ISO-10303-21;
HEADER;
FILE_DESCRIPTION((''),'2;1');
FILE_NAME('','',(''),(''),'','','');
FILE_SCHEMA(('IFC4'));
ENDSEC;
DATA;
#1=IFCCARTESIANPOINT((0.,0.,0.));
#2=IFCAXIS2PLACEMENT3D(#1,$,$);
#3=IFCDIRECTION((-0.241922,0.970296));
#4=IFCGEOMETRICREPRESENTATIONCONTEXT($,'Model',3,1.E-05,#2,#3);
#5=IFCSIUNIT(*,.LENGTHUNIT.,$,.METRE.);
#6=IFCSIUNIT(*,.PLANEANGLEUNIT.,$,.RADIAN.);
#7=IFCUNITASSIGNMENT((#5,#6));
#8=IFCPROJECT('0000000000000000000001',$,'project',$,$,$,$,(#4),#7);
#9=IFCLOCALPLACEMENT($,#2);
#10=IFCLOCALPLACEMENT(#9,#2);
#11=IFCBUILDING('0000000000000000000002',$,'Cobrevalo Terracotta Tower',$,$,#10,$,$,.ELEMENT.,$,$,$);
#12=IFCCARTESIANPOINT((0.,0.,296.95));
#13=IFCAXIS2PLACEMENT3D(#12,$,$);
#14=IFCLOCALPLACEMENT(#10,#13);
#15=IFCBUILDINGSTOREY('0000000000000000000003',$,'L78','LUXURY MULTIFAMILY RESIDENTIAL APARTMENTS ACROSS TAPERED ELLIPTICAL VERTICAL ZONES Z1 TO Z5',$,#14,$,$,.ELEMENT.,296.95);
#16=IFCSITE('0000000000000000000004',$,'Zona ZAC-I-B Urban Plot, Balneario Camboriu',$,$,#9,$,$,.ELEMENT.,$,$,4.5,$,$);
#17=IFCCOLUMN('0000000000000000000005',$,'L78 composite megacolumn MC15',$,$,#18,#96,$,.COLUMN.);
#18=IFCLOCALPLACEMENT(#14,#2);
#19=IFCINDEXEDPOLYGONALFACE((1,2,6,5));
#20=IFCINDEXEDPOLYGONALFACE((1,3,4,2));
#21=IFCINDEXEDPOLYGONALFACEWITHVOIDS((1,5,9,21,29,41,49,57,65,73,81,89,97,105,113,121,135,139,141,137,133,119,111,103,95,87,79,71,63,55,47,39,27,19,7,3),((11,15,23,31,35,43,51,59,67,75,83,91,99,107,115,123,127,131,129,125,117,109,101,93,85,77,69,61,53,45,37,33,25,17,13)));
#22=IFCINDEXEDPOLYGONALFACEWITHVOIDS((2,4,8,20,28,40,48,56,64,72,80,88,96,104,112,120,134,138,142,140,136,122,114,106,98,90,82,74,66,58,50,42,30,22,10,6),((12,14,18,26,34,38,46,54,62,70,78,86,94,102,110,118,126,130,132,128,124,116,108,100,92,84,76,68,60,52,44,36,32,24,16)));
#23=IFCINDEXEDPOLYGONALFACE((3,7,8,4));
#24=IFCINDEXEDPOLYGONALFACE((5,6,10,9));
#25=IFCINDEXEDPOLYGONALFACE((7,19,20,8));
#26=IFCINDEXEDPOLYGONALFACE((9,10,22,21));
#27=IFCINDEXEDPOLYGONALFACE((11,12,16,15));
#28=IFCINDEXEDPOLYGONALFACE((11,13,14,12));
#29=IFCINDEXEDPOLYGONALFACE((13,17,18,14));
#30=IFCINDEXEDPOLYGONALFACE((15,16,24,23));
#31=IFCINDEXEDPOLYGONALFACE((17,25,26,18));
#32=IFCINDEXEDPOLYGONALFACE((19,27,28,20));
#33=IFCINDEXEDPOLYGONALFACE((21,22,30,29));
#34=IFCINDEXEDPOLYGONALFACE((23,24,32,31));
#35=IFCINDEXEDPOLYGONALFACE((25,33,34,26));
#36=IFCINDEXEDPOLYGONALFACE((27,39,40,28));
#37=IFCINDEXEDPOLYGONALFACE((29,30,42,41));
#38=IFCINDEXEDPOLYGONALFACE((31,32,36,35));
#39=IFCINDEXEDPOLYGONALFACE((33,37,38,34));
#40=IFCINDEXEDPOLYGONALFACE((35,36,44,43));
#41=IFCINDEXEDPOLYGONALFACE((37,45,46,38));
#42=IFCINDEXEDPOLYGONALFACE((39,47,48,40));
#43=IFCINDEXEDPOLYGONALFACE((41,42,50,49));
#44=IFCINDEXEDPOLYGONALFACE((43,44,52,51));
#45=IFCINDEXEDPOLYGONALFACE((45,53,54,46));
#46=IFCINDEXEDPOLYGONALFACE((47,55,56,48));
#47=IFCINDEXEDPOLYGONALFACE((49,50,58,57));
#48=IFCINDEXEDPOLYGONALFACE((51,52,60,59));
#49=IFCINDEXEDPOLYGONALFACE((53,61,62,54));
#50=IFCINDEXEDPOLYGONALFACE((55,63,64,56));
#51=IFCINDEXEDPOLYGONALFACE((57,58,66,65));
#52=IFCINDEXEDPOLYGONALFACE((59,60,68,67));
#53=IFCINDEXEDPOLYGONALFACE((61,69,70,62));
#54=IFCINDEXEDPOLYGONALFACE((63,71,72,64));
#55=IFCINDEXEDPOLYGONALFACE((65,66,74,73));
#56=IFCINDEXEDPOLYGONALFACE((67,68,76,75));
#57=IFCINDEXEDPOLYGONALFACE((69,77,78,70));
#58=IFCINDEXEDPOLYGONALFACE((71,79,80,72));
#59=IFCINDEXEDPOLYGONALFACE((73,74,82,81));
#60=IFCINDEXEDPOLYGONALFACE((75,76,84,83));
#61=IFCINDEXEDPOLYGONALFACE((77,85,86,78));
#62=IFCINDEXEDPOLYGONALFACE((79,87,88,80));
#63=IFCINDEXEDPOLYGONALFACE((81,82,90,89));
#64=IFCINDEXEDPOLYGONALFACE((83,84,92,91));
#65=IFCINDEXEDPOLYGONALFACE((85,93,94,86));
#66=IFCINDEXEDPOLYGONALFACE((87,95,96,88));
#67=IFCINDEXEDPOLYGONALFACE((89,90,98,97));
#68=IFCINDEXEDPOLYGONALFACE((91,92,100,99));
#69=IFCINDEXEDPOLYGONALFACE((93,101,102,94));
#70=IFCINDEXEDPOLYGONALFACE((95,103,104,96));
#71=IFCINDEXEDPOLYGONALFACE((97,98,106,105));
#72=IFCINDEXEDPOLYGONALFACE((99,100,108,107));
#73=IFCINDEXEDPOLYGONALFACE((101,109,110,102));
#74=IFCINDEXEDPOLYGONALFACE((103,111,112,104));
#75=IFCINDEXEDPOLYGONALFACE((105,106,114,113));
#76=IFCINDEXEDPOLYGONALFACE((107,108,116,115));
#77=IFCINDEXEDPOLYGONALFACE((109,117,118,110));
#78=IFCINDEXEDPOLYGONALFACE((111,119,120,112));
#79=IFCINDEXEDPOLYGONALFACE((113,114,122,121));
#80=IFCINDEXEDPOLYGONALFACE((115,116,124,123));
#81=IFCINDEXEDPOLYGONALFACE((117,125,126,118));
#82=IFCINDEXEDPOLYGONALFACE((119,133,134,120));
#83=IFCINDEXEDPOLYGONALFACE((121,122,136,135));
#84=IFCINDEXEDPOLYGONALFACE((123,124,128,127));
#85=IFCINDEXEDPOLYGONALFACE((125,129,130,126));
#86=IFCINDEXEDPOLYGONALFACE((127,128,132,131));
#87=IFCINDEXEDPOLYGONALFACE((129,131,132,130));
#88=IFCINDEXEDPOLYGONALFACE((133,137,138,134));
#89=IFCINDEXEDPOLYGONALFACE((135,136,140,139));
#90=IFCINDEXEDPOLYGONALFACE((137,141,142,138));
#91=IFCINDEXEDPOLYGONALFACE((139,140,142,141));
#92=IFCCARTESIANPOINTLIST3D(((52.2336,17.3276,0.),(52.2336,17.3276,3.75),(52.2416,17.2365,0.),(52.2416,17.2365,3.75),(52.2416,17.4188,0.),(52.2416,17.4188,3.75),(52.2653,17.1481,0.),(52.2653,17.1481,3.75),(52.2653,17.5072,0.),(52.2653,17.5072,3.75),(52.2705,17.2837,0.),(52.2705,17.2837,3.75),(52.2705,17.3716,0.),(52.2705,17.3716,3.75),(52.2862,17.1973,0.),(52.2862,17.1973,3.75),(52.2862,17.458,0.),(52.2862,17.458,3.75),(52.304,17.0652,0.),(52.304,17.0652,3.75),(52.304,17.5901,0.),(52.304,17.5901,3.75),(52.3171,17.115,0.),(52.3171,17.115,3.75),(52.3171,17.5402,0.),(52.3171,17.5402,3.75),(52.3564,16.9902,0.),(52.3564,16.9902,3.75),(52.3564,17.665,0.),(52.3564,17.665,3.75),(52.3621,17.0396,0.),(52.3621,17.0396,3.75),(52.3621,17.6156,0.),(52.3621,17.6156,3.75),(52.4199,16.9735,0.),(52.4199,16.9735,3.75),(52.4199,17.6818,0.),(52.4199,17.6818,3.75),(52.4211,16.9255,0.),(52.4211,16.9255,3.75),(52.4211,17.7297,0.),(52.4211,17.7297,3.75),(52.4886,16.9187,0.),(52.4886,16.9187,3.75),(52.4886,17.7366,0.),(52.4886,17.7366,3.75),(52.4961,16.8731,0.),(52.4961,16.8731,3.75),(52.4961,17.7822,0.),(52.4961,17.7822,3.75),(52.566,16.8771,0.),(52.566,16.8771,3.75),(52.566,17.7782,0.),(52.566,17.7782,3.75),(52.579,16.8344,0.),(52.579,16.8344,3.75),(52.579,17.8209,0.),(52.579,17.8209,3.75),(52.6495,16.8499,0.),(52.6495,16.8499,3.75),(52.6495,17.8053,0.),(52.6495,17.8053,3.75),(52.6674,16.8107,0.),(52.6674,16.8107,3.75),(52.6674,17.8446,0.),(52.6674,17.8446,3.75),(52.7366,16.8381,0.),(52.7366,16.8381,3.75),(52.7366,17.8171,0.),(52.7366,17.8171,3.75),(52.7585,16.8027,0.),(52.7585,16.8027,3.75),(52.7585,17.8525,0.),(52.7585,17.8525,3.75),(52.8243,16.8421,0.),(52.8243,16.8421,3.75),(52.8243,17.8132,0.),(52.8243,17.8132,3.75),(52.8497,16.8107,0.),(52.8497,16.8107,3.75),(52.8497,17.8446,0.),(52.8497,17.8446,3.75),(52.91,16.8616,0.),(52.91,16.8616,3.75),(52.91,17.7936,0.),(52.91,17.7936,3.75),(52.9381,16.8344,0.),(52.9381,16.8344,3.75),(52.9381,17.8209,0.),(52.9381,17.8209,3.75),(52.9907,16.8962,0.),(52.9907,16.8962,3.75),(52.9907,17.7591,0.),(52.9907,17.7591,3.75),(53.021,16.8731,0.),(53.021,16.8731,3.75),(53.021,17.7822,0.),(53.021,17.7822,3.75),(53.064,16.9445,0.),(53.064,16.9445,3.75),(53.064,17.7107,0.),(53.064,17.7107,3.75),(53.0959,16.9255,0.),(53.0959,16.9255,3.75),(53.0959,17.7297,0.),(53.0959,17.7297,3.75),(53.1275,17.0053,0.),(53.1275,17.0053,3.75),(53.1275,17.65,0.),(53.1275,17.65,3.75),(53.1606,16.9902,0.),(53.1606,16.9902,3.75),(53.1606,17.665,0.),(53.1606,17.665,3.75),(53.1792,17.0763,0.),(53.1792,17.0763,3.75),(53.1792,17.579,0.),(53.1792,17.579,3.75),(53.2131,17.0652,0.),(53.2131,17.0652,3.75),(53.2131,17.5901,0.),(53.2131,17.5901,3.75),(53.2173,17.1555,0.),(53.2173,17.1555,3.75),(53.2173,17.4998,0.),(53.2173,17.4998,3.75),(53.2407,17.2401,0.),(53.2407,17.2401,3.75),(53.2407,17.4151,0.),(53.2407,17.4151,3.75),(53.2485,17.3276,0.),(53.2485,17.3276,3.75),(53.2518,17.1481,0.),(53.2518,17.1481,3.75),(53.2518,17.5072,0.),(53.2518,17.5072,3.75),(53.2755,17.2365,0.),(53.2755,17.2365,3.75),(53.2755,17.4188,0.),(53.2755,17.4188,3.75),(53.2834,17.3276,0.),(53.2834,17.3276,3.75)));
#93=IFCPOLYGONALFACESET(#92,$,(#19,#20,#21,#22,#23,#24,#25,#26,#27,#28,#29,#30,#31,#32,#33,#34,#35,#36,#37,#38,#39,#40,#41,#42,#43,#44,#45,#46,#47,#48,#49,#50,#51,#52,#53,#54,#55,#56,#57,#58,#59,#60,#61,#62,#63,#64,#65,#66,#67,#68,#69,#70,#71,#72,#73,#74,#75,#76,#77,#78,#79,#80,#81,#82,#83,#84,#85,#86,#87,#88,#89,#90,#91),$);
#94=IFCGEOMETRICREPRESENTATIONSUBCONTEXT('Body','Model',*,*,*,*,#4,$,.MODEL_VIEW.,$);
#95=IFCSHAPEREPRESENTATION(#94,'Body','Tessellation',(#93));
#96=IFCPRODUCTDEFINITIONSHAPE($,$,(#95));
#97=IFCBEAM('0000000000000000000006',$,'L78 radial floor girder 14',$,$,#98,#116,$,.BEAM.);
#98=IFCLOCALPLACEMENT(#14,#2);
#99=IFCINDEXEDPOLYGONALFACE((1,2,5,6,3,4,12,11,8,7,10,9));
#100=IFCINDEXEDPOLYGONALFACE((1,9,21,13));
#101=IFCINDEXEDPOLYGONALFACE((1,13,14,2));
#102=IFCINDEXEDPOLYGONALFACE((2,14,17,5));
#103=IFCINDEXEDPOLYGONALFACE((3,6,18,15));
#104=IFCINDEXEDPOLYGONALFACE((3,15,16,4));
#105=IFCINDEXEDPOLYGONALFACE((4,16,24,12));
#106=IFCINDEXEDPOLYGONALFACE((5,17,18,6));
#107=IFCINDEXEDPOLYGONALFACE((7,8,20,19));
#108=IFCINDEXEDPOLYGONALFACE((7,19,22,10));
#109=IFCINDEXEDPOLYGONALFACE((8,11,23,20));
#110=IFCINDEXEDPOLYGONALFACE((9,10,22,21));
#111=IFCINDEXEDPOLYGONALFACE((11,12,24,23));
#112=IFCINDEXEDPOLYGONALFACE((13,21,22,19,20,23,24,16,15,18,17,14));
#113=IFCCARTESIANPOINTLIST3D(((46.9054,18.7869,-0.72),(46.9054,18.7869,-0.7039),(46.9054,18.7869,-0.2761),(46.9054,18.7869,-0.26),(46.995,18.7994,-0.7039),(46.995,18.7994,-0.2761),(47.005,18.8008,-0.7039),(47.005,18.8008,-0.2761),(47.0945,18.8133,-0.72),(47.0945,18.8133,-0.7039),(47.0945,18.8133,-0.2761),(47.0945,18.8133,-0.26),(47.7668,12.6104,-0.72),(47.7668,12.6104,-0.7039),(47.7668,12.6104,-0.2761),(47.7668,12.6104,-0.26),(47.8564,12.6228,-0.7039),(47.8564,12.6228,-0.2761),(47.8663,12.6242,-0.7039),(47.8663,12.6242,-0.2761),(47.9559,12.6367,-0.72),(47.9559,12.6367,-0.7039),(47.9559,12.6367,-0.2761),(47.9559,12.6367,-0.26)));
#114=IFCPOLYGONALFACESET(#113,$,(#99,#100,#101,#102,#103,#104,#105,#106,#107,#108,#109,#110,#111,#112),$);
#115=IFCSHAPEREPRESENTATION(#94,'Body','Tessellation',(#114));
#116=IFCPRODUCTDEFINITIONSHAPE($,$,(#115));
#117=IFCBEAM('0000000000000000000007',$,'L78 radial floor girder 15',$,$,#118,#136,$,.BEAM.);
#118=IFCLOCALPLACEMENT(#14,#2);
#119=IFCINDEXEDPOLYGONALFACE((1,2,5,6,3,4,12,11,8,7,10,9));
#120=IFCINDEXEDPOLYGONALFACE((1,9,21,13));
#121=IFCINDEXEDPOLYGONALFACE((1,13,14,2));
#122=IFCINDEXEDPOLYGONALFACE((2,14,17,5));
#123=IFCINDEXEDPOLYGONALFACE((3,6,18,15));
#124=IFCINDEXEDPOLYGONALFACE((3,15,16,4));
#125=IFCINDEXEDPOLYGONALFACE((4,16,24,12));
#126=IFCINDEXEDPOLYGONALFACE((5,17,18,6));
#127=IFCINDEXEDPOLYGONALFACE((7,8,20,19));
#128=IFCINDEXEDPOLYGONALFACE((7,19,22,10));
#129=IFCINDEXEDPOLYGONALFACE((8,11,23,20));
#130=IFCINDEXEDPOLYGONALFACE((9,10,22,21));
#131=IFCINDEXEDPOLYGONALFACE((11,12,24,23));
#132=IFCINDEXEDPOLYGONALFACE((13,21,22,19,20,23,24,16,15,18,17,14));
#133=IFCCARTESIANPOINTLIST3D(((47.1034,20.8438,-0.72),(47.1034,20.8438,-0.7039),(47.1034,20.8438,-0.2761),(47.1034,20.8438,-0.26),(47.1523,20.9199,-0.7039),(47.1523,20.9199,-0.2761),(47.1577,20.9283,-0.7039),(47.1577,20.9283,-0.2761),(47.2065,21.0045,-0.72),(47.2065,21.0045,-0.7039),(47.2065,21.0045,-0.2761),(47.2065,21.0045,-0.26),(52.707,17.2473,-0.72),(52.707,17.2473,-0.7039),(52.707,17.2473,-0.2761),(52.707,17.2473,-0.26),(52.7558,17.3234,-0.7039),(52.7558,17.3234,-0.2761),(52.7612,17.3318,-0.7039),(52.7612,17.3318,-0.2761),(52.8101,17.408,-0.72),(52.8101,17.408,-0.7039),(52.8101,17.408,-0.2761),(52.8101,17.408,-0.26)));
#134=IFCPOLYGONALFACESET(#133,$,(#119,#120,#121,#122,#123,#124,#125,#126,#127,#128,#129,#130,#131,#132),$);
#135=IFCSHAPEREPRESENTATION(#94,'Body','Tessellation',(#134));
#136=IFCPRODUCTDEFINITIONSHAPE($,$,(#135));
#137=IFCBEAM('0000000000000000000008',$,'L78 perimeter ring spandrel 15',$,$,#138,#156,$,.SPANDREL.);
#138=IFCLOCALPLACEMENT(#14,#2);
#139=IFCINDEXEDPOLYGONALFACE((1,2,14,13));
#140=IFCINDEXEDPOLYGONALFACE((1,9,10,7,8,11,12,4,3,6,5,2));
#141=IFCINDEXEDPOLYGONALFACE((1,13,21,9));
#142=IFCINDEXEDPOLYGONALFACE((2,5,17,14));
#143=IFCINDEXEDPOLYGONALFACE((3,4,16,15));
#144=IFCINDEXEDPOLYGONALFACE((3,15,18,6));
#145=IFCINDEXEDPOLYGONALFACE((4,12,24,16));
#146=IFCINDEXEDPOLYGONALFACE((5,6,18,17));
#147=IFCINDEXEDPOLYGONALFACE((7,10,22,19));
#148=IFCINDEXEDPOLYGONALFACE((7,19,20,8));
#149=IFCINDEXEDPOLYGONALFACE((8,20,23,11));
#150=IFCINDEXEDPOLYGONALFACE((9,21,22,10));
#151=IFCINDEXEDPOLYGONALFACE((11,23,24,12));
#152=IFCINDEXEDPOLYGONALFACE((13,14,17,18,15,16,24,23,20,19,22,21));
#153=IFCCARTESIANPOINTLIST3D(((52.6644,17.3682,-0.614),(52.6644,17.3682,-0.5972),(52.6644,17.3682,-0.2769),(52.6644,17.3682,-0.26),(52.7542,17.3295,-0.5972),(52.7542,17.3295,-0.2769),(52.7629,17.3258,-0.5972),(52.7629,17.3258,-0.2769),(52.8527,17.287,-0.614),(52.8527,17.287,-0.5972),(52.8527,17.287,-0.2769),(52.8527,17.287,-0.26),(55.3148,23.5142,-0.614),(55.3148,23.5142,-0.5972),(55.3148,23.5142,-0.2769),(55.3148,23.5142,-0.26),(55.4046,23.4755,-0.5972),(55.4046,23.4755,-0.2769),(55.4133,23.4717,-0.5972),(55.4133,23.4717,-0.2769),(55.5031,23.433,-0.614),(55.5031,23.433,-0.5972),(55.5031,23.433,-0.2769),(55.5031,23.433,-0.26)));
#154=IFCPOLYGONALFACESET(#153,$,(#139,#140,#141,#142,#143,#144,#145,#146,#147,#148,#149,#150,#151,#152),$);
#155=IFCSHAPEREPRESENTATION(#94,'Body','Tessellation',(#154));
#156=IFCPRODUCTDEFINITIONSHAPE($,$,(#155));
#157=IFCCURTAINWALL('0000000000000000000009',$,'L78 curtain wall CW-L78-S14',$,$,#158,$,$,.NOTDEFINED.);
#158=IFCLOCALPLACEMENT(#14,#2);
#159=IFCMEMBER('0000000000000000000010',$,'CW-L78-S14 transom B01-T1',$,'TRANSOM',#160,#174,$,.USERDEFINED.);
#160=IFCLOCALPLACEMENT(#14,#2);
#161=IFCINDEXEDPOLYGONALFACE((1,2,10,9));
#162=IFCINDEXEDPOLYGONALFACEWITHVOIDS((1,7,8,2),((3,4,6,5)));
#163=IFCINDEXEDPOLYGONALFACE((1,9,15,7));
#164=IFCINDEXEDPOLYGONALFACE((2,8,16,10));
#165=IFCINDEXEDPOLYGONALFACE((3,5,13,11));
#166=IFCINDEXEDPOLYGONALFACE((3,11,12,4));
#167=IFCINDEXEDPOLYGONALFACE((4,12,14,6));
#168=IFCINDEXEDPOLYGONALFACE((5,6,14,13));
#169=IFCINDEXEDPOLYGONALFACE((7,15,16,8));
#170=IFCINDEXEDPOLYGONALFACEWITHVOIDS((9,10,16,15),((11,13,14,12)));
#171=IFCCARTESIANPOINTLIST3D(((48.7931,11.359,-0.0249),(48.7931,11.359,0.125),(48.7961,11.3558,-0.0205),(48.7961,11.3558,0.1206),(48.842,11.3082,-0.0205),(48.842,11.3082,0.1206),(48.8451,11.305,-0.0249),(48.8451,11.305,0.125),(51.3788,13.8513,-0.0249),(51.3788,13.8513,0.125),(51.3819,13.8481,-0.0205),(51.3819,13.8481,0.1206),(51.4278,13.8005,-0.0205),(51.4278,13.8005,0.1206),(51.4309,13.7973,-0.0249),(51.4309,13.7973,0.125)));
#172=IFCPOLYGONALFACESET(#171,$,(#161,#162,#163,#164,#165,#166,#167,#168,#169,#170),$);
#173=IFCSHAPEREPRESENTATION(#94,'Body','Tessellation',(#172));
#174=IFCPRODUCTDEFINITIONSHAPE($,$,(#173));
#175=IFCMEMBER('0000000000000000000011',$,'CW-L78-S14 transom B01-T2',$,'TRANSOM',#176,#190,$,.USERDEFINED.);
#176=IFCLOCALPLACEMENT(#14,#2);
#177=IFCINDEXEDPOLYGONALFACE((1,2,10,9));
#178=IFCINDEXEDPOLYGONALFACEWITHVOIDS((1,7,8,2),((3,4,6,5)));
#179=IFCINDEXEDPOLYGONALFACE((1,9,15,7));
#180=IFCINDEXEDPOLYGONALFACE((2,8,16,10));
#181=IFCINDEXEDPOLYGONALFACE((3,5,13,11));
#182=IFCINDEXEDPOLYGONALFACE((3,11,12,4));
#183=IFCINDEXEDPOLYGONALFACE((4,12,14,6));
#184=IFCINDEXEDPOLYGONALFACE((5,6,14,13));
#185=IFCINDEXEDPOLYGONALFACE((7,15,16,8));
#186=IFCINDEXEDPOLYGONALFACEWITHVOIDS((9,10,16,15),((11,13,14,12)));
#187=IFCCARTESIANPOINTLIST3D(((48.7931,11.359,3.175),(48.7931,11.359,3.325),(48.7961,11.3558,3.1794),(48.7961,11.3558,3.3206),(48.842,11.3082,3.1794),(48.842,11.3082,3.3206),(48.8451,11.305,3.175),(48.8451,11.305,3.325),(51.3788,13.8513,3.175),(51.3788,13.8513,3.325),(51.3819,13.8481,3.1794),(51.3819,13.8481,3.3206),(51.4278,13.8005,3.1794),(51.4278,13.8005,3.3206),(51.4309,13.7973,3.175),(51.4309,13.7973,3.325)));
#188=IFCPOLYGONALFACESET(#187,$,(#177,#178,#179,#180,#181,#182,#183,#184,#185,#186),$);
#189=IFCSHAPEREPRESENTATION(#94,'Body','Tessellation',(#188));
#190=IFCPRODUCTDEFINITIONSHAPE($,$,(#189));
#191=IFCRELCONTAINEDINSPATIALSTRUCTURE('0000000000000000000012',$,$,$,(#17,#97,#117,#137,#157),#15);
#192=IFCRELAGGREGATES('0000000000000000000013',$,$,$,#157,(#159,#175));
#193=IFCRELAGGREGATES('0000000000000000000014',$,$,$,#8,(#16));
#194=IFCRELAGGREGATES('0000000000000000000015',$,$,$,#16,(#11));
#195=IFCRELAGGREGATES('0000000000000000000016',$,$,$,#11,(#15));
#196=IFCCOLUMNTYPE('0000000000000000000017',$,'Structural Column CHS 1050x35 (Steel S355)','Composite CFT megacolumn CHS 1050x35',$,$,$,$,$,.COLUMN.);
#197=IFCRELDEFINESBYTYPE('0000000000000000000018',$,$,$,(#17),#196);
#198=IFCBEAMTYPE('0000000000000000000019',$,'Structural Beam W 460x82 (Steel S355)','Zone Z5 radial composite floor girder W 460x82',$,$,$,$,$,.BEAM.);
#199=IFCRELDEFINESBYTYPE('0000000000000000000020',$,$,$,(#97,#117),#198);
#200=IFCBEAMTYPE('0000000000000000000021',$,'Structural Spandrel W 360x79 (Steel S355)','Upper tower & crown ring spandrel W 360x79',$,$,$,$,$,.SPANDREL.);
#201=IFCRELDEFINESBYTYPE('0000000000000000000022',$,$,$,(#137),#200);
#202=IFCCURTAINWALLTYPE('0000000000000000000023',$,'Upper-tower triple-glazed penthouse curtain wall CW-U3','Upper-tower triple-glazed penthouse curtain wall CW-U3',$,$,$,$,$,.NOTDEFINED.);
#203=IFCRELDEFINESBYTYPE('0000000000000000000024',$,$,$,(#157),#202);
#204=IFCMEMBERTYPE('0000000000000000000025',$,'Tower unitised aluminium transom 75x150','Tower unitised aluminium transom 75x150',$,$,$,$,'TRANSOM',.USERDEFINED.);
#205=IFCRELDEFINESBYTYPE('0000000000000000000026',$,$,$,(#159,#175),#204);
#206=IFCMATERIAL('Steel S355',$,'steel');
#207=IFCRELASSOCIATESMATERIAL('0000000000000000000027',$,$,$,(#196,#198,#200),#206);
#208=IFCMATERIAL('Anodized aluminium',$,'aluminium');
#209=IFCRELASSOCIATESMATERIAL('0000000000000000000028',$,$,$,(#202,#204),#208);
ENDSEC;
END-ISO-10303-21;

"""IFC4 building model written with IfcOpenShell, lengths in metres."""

from ifc_helpers import new_model, si_unit, direction, frame, origin, origin_2d, place, context, subcontext, project, spatial, hollow_rectangle, hollow_circle, i_section, extrude, source, transform, mapped, material, material_profile, profile_set, type_object, element, aggregate, save


model = new_model("IFC4")

# Units and contexts
model_context = context("Model", 3, precision=1e-05, world=origin(), true_north=direction((-0.241922, 0.970296)))
body_context = subcontext(model_context, "Body", "Model", "MODEL_VIEW")
ifc_project = project(units=[si_unit("LENGTHUNIT", "METRE"), si_unit("PLANEANGLEUNIT", "RADIAN")], contexts=[model_context])

# Site, building, storey
site_placement = place(None, origin())
site = spatial("IfcSite", under=ifc_project, at=site_placement, Name="Zona ZAC-I-B Urban Plot, Balneario Camboriu", CompositionType="ELEMENT", RefElevation=4.5)
building_placement = place(site_placement, origin())
building = spatial("IfcBuilding", under=site, at=building_placement, Name="Cobrevalo Terracotta Tower", CompositionType="ELEMENT")
storey_placement = place(building_placement, frame((0.0, 0.0, 296.95)))
storey = spatial("IfcBuildingStorey", under=building, at=storey_placement, Name="L78", Description="LUXURY MULTIFAMILY RESIDENTIAL APARTMENTS ACROSS TAPERED ELLIPTICAL VERTICAL ZONES Z1 TO Z5", CompositionType="ELEMENT", Elevation=296.95)

# Column
ifc_material_1 = material(Name="Steel S355", Category="steel")
ifc_material_profile_1 = material_profile(ifc_material_1, hollow_circle(Radius=0.5249, WallThickness=0.0349, at=origin_2d()), Name="CHS 1050x35")
ifc_profile_set_1 = profile_set([ifc_material_profile_1], Name="Steel S355")
column_type = type_object("IfcColumnType", Name="Structural Column CHS 1050x35 (Steel S355)", Description="Composite CFT megacolumn CHS 1050x35", PredefinedType="COLUMN", material=ifc_profile_set_1)
column_placement = place(storey_placement, frame((52.7585, 17.3276, 0.0), z_axis=(0.0, 0.0, 1.0), x_axis=(1.0, 0.0, 0.0)))
element("IfcColumn", 1, at=column_placement, inside=storey, type_object=column_type, Name="L78 composite megacolumn MC15", PredefinedType="COLUMN", context=body_context, shape_type="SweptSolid", body=[
    extrude(hollow_circle(Radius=0.5249, WallThickness=0.0349, at=origin_2d()), origin(), (0.0, 0.0, 1.0), 3.75),
])

# Beams
ifc_material_profile_2 = material_profile(ifc_material_1, i_section(OverallWidth=0.1909, OverallDepth=0.46, WebThickness=0.01, FlangeThickness=0.0161, at=origin_2d()), Name="W 460x82")
ifc_profile_set_2 = profile_set([ifc_material_profile_2], Name="Steel S355")
beam_type_1 = type_object("IfcBeamType", Name="Structural Beam W 460x82 (Steel S355)", Description="Zone Z5 radial composite floor girder W 460x82", PredefinedType="BEAM", material=ifc_profile_set_2)
beam_1_placement = place(storey_placement, frame((47.8613, 12.6235, -0.49), z_axis=(-0.138116, 0.990416, 0.0), x_axis=(-0.990416, -0.138116, 0.0)))
element("IfcBeam", 2, at=beam_1_placement, inside=storey, type_object=beam_type_1, Name="L78 radial floor girder 14", PredefinedType="BEAM", context=body_context, shape_type="SweptSolid", body=[
    extrude(i_section(OverallWidth=0.1909, OverallDepth=0.46, WebThickness=0.01, FlangeThickness=0.0161, at=origin_2d()), origin(), (0.0, 0.0, 1.0), 6.2363),
])
beam_2_placement = place(storey_placement, frame((52.7585, 17.3276, -0.49), z_axis=(-0.841576, 0.540138, 0.0), x_axis=(-0.540138, -0.841576, 0.0)))
element("IfcBeam", 3, at=beam_2_placement, inside=storey, type_object=beam_type_1, Name="L78 radial floor girder 15", PredefinedType="BEAM", context=body_context, shape_type="SweptSolid", body=[
    extrude(i_section(OverallWidth=0.1909, OverallDepth=0.46, WebThickness=0.01, FlangeThickness=0.0161, at=origin_2d()), origin(), (0.0, 0.0, 1.0), 6.6584),
])
ifc_material_profile_3 = material_profile(ifc_material_1, i_section(OverallWidth=0.2051, OverallDepth=0.354, WebThickness=0.0095, FlangeThickness=0.0168, at=origin_2d()), Name="W 360x79")
ifc_profile_set_3 = profile_set([ifc_material_profile_3], Name="Steel S355")
beam_type_2 = type_object("IfcBeamType", Name="Structural Spandrel W 360x79 (Steel S355)", Description="Upper tower & crown ring spandrel W 360x79", PredefinedType="SPANDREL", material=ifc_profile_set_3)
beam_3_placement = place(storey_placement, frame((52.7585, 17.3276, -0.437), z_axis=(0.395987, 0.918256, 0.0), x_axis=(-0.918256, 0.395987, 0.0)))
element("IfcBeam", 4, at=beam_3_placement, inside=storey, type_object=beam_type_2, Name="L78 perimeter ring spandrel 15", PredefinedType="SPANDREL", context=body_context, shape_type="SweptSolid", body=[
    extrude(i_section(OverallWidth=0.2051, OverallDepth=0.354, WebThickness=0.0095, FlangeThickness=0.0168, at=origin_2d()), origin(), (0.0, 0.0, 1.0), 6.6931),
])

# Curtain wall, members
ifc_material_2 = material(Name="Anodized aluminium", Category="aluminium")
curtain_wall_type = type_object("IfcCurtainWallType", Name="Upper-tower triple-glazed penthouse curtain wall CW-U3", Description="Upper-tower triple-glazed penthouse curtain wall CW-U3", PredefinedType="NOTDEFINED", material=ifc_material_2)
curtain_wall_1_placement = place(storey_placement, origin())
curtain_wall_1 = element("IfcCurtainWall", 5, at=curtain_wall_1_placement, inside=storey, type_object=curtain_wall_type, Name="L78 curtain wall CW-L78-S14", PredefinedType="NOTDEFINED")
ifc_material_profile_4 = material_profile(ifc_material_2, hollow_rectangle(XDim=0.075, YDim=0.1499, WallThickness=0.0044, at=origin_2d()), Name="CWT 75x150")
ifc_profile_set_4 = profile_set([ifc_material_profile_4], Name="Anodized aluminium")
member_type_1 = type_object("IfcMemberType", Name="Tower unitised aluminium transom 75x150", Description="Tower unitised aluminium transom 75x150", ElementType="TRANSOM", PredefinedType="USERDEFINED", material=ifc_profile_set_4)
shared_shape_1 = source(origin(), body_context, "Body", "SweptSolid", [
    extrude(hollow_rectangle(XDim=0.075, YDim=0.1499, WallThickness=0.0044, at=origin_2d()), origin(), (0.0, 0.0, 1.0), 3.5913),
])
member_1_placement = place(storey_placement, frame((48.8191, 11.332, 0.05), z_axis=(0.720006, 0.693968, 0.0), x_axis=(-0.693968, 0.720006, 0.0)))
member_1 = element("IfcMember", 6, at=member_1_placement, type_object=member_type_1, Name="CW-L78-S14 transom B01-T1", ObjectType="TRANSOM", PredefinedType="USERDEFINED", context=body_context, shape_type="MappedRepresentation", body=[
    mapped(shared_shape_1, transform((0.0, 0.0, 0.0), scale=1.0)),
])
member_2_placement = place(storey_placement, frame((48.8191, 11.332, 3.25), z_axis=(0.720006, 0.693968, 0.0), x_axis=(-0.693968, 0.720006, 0.0)))
member_2 = element("IfcMember", 7, at=member_2_placement, type_object=member_type_1, Name="CW-L78-S14 transom B01-T2", ObjectType="TRANSOM", PredefinedType="USERDEFINED", context=body_context, shape_type="MappedRepresentation", body=[
    mapped(shared_shape_1, transform((0.0, 0.0, 0.0), scale=1.0)),
])

aggregate(curtain_wall_1, [member_1, member_2])

save(model, "model.ifc")
